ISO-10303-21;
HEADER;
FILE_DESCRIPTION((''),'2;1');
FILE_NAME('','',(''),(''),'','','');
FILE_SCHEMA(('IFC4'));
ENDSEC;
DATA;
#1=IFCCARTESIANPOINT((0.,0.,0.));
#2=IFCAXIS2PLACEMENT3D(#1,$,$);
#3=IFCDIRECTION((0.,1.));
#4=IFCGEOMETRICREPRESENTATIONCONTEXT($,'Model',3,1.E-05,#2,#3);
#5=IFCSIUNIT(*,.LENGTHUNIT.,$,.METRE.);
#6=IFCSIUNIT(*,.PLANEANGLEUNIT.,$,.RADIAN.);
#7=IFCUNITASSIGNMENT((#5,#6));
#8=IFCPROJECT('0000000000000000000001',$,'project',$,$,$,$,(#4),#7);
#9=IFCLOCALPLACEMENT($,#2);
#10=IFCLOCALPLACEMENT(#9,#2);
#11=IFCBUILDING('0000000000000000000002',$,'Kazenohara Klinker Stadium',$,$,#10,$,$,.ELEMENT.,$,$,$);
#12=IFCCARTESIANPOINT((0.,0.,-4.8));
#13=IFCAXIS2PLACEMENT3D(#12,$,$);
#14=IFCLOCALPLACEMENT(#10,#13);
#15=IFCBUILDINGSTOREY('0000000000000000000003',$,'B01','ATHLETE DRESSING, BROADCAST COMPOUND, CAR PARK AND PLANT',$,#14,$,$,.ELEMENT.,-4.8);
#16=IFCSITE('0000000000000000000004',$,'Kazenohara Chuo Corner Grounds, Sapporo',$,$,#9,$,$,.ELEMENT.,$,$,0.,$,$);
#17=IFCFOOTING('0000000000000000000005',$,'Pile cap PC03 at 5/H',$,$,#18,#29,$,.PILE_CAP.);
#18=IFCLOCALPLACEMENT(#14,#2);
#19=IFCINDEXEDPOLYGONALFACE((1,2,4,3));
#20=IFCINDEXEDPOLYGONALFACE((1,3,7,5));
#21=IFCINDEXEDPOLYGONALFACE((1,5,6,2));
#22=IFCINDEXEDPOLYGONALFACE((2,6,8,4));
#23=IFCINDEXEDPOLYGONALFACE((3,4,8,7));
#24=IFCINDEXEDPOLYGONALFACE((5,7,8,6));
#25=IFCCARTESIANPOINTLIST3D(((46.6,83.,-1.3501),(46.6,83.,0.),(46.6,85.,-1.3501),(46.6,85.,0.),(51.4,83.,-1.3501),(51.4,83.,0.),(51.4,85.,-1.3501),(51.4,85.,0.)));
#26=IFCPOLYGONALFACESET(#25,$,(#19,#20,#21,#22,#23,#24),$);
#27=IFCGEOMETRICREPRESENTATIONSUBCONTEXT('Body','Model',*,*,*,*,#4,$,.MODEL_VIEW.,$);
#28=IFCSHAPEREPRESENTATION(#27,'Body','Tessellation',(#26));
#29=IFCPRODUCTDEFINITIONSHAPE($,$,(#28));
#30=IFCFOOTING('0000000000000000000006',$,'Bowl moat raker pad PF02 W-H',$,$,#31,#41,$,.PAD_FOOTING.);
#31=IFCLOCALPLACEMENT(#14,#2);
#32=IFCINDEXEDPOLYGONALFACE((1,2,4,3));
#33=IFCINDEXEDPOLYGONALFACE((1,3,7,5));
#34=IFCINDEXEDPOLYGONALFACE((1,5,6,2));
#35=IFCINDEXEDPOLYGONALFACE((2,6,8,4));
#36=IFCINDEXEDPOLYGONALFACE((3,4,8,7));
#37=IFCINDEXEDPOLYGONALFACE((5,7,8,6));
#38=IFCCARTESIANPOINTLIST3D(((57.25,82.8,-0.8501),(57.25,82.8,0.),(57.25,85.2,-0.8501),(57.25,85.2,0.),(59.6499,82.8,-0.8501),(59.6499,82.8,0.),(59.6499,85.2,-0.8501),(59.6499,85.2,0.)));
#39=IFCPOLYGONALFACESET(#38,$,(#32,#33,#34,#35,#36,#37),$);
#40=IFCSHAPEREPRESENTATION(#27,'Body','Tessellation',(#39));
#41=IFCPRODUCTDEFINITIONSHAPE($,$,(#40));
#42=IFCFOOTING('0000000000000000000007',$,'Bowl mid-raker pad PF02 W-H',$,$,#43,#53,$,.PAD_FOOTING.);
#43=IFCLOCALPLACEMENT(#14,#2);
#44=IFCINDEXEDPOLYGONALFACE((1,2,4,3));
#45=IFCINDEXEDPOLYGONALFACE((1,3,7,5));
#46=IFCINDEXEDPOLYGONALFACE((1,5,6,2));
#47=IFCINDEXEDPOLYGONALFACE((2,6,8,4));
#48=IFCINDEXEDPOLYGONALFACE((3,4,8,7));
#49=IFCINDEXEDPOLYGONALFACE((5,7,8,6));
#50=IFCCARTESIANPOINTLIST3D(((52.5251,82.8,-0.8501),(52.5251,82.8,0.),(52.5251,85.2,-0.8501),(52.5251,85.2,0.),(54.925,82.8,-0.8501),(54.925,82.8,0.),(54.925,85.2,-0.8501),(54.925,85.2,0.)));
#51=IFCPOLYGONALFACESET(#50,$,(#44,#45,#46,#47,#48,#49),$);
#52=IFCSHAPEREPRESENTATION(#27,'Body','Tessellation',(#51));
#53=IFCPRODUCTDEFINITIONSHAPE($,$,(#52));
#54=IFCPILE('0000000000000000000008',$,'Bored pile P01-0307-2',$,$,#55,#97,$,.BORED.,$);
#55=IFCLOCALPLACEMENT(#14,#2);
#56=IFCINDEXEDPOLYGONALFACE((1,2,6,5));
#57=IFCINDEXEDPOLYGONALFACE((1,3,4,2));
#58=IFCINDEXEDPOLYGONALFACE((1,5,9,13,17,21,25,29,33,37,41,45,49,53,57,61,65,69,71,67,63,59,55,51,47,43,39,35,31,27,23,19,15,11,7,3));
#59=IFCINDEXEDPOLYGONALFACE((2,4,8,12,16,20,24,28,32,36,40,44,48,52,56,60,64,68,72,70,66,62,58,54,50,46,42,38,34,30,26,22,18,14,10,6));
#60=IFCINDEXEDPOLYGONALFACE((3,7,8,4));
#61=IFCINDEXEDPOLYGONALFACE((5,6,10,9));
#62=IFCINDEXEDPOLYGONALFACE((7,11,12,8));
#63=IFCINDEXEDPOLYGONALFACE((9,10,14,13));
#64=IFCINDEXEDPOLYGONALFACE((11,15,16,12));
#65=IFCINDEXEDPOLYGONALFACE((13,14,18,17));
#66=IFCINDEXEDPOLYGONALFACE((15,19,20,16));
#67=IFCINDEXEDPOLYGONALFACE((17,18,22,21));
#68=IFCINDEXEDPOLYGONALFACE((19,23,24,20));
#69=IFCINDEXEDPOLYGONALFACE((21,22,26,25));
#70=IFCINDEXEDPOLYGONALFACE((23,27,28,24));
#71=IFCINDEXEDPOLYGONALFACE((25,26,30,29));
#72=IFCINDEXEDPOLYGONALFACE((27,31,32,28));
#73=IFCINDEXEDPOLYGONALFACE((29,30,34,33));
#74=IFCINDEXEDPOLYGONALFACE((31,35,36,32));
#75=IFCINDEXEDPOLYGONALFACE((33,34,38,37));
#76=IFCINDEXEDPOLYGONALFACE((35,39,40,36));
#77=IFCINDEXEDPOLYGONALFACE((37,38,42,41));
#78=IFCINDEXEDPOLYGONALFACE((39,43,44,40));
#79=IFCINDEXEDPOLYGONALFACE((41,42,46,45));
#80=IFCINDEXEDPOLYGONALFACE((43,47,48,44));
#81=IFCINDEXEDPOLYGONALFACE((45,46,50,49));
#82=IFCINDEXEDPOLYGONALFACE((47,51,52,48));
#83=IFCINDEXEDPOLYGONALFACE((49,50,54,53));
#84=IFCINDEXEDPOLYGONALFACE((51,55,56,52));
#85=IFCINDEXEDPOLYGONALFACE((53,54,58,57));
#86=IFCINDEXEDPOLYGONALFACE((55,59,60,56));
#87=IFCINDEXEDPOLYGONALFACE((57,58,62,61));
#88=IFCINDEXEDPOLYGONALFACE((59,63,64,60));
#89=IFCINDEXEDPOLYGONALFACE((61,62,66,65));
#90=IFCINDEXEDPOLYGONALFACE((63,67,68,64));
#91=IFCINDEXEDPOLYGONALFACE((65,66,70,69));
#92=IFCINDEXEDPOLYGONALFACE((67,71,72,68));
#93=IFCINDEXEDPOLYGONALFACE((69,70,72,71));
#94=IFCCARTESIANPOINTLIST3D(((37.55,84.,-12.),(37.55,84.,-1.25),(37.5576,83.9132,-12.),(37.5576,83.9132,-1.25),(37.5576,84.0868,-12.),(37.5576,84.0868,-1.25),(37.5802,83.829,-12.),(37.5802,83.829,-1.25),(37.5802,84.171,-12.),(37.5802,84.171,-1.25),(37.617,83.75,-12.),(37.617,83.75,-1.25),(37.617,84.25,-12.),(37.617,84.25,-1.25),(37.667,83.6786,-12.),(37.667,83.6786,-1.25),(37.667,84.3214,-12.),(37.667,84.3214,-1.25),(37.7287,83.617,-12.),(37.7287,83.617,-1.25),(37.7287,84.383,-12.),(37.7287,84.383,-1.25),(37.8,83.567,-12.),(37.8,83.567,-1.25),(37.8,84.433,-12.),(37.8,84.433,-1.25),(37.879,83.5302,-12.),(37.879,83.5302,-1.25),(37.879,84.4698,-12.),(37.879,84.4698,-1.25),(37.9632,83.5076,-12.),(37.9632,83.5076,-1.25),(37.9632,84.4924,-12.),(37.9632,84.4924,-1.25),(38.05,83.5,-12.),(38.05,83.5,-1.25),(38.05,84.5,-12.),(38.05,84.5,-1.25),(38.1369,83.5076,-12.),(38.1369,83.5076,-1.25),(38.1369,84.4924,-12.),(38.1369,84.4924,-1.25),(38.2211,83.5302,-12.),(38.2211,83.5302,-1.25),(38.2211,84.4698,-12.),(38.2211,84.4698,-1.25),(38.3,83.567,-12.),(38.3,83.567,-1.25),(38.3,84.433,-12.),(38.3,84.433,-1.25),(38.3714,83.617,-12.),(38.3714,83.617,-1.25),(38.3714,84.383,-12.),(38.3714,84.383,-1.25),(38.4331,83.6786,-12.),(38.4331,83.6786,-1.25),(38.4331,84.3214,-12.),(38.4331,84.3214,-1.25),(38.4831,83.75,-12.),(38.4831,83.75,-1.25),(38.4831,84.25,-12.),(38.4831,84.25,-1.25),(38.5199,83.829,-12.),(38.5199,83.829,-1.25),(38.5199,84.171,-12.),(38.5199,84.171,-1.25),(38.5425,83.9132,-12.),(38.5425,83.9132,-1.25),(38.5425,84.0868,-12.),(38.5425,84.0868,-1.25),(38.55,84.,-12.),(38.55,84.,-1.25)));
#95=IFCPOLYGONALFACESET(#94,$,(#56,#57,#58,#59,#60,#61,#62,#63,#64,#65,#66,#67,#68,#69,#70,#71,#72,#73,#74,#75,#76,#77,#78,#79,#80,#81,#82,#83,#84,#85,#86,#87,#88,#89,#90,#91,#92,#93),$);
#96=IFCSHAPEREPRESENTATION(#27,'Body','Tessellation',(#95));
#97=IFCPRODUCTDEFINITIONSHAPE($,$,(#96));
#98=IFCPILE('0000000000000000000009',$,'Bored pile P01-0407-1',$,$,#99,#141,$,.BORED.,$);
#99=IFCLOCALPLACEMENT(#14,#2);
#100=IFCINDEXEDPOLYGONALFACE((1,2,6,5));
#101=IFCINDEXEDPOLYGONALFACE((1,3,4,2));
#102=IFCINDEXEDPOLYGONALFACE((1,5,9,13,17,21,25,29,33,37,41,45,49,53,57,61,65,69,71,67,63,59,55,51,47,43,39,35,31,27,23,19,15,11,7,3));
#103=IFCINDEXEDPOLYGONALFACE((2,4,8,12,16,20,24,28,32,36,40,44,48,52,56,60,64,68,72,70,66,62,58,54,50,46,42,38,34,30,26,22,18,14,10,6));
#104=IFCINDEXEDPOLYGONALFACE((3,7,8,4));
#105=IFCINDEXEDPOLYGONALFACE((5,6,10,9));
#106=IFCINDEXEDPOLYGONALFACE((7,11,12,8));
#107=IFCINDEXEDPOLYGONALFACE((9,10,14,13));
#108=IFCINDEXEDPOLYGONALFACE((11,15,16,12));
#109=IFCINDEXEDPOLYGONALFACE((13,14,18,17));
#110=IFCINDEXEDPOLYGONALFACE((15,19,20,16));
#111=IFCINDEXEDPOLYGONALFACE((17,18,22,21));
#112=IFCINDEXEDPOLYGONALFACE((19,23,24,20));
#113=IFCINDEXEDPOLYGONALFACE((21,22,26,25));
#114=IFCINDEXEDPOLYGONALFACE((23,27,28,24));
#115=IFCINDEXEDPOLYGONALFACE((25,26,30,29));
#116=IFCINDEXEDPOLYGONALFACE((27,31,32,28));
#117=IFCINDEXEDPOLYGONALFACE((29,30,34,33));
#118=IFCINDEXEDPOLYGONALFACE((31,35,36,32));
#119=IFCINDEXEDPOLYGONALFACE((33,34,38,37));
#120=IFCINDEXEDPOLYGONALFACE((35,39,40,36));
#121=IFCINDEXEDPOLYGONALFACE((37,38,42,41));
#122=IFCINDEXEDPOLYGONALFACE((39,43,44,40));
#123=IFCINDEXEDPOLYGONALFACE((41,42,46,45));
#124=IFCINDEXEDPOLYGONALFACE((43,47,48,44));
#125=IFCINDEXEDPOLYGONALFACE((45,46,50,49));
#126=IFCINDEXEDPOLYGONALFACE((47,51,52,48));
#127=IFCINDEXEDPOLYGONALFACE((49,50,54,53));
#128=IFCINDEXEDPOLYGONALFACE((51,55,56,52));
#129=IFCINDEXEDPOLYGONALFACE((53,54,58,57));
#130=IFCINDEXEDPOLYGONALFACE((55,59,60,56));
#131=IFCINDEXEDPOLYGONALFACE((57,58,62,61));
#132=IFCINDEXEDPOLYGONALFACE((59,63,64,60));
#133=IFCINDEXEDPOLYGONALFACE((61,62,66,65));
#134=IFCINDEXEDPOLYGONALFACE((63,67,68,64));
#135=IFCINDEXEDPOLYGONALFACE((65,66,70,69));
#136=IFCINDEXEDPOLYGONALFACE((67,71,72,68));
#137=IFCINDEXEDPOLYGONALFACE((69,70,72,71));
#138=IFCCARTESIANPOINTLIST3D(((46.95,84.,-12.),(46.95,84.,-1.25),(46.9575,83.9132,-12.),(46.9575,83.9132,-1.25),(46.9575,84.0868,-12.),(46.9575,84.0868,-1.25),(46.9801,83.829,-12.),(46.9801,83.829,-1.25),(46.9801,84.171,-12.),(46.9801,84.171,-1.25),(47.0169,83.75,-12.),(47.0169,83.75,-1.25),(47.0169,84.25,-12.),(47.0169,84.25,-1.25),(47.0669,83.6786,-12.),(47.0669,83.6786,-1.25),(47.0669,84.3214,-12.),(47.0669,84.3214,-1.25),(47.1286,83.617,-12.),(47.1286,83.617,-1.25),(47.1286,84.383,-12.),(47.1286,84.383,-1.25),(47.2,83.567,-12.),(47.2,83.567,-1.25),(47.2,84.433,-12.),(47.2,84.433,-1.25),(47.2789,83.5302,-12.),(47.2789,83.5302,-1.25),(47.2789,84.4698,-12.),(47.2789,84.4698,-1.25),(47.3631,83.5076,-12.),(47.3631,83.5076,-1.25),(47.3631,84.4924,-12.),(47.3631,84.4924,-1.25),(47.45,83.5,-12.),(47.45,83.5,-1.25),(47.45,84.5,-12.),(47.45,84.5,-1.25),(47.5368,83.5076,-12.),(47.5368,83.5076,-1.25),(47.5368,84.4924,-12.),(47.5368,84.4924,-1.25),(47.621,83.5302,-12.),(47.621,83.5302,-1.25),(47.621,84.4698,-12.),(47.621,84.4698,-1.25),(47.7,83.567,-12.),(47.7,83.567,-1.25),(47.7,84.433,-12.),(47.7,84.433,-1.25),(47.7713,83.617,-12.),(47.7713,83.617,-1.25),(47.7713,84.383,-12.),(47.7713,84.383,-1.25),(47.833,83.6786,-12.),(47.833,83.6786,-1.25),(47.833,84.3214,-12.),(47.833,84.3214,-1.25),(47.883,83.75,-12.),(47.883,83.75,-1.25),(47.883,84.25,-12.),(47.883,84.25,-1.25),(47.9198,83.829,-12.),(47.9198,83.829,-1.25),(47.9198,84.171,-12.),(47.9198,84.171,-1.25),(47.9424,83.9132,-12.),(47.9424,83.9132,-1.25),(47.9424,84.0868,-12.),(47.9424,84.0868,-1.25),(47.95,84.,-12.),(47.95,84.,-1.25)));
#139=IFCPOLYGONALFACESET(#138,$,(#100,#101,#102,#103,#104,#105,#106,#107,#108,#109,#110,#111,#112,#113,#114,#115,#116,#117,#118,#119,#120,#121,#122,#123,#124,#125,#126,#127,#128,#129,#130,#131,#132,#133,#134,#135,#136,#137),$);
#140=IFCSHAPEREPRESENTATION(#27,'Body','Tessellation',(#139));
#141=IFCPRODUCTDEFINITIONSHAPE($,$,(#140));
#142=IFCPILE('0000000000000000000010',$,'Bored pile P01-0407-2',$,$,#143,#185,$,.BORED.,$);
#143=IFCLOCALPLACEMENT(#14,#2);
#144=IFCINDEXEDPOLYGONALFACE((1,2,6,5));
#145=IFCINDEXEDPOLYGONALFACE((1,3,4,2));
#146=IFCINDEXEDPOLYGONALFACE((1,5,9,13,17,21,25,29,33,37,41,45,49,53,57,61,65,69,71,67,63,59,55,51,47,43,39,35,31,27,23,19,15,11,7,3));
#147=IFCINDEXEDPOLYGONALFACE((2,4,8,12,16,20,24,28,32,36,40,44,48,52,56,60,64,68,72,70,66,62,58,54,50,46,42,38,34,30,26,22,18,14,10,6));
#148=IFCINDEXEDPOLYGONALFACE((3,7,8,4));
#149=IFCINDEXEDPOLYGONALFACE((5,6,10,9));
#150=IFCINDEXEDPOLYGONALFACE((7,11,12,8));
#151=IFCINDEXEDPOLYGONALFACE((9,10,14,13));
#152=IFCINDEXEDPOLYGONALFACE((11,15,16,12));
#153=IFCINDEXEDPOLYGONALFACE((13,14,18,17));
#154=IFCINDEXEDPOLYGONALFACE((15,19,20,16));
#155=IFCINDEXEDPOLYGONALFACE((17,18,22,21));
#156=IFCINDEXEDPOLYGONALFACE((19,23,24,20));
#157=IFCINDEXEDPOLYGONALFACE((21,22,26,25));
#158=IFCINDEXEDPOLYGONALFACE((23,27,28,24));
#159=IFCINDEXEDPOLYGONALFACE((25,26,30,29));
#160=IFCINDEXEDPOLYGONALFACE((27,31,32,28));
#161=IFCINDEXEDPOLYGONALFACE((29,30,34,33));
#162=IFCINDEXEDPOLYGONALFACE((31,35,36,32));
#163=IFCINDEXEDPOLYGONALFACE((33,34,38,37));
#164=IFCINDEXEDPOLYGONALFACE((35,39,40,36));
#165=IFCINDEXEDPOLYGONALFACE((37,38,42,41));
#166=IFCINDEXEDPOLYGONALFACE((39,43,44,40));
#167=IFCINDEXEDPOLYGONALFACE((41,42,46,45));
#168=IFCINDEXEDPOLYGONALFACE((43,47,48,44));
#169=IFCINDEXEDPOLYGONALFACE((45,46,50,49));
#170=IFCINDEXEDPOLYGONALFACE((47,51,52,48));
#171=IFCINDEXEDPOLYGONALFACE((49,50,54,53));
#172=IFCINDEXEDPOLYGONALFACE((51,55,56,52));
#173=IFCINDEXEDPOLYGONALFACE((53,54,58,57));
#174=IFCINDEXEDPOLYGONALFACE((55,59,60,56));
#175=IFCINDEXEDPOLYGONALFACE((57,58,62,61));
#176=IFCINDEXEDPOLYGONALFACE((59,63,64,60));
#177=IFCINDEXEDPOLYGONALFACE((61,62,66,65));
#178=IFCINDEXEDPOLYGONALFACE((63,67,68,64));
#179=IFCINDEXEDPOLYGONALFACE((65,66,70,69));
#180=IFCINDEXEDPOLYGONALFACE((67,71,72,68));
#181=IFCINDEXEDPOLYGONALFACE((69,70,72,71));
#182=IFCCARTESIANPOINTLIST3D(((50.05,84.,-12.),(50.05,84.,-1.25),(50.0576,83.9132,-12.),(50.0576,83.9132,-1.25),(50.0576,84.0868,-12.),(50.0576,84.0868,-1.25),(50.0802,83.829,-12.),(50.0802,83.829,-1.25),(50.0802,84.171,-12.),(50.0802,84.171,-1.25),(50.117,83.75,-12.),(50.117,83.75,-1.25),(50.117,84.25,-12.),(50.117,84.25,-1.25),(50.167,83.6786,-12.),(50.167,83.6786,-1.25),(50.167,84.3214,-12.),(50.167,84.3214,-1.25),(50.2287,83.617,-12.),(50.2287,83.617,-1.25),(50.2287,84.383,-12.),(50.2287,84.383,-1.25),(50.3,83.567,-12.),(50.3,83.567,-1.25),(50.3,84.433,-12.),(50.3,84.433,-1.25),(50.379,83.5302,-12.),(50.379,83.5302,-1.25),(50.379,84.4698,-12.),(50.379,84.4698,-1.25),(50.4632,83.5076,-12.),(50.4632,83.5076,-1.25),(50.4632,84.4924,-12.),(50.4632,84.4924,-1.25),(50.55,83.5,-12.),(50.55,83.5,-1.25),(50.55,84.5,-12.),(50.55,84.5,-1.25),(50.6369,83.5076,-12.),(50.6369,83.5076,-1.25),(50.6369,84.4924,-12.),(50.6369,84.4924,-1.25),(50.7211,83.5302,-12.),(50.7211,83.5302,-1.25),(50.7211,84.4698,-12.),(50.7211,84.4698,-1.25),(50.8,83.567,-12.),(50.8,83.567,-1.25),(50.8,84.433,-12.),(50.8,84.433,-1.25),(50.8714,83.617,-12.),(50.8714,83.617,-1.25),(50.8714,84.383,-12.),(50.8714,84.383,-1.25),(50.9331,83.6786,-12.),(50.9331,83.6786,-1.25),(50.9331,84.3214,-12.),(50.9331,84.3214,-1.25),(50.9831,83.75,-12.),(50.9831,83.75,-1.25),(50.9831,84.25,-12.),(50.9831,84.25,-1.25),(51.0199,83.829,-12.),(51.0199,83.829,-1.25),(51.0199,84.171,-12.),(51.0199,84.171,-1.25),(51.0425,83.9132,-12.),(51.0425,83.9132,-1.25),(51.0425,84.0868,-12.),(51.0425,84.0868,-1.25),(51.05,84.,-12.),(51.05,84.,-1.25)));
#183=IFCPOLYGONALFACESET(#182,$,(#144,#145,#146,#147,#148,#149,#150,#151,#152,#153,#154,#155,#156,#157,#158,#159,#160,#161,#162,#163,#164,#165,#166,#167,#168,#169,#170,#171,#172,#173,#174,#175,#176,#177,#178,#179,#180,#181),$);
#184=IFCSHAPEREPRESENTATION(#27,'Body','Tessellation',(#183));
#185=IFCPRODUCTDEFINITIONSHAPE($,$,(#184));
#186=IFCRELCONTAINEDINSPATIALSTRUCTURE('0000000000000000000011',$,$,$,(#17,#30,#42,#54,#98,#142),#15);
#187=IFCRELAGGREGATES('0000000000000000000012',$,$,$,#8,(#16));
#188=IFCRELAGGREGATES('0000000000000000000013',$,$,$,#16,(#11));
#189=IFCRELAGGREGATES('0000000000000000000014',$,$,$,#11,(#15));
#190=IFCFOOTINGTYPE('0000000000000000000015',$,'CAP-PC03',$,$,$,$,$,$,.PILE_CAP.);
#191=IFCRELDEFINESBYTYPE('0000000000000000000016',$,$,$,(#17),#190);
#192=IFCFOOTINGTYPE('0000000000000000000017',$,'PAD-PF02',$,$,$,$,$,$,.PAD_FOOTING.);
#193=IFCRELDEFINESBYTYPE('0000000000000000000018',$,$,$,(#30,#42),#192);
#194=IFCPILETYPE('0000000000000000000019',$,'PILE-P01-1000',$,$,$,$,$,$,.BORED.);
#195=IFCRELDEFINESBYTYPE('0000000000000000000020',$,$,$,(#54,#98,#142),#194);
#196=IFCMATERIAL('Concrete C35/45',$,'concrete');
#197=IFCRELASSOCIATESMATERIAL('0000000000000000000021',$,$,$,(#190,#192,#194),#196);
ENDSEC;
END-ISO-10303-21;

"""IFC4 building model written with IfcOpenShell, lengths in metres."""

from ifc_helpers import new_model, si_unit, direction, frame, origin, origin_2d, place, context, subcontext, project, spatial, rectangle, circle, extrude, material, material_profile, profile_set, type_object, element, save


model = new_model("IFC4")

# Units and contexts
model_context = context("Model", 3, precision=1e-05, world=origin(), true_north=direction((0.0, 1.0)))
body_context = subcontext(model_context, "Body", "Model", "MODEL_VIEW")
ifc_project = project(units=[si_unit("LENGTHUNIT", "METRE"), si_unit("PLANEANGLEUNIT", "RADIAN")], contexts=[model_context])

# Site, building, storey
site_placement = place(None, origin())
site = spatial("IfcSite", under=ifc_project, at=site_placement, Name="Kazenohara Chuo Corner Grounds, Sapporo", CompositionType="ELEMENT", RefElevation=0.0)
building_placement = place(site_placement, origin())
building = spatial("IfcBuilding", under=site, at=building_placement, Name="Kazenohara Klinker Stadium", CompositionType="ELEMENT")
storey_placement = place(building_placement, frame((0.0, 0.0, -4.8)))
storey = spatial("IfcBuildingStorey", under=building, at=storey_placement, Name="B01", Description="ATHLETE DRESSING, BROADCAST COMPOUND, CAR PARK AND PLANT", CompositionType="ELEMENT", Elevation=-4.8)

# Footings
ifc_material_1 = material(Name="Concrete C35/45", Category="concrete")
footing_type_1 = type_object("IfcFootingType", Name="CAP-PC03", PredefinedType="PILE_CAP", material=ifc_material_1)
footing_placement = place(storey_placement, frame((49.0, 84.0, -1.3501), z_axis=(0.0, 0.0, 1.0), x_axis=(1.0, 0.0, 0.0)))
element("IfcFooting", 1, at=footing_placement, inside=storey, type_object=footing_type_1, Name="Pile cap PC03 at 5/H", PredefinedType="PILE_CAP", context=body_context, shape_type="SweptSolid", body=[
    extrude(rectangle(XDim=4.8, YDim=2.0, at=origin_2d()), origin(), (0.0, 0.0, 1.0), 1.3501),
])
footing_type_2 = type_object("IfcFootingType", Name="PAD-PF02", PredefinedType="PAD_FOOTING", material=ifc_material_1)
for number, where, z_axis, x_axis, name in (
    (2, (58.45, 84.0, -0.8501), (0.0, 0.0, 1.0), (1.0, 0.0, 0.0), "Bowl moat raker pad PF02 W-H"),
    (3, (53.7251, 84.0, -0.8501), (0.0, 0.0, 1.0), (1.0, 0.0, 0.0), "Bowl mid-raker pad PF02 W-H"),
):
    element("IfcFooting", number, at=place(storey_placement, frame(where, z_axis=z_axis, x_axis=x_axis)), inside=storey, type_object=footing_type_2, Name=name, PredefinedType="PAD_FOOTING", context=body_context, shape_type="SweptSolid", body=[
        extrude(rectangle(XDim=2.3999, YDim=2.3999, at=origin_2d()), origin(), (0.0, 0.0, 1.0), 0.8501),
    ])

# Piles
ifc_material_profile_1 = material_profile(ifc_material_1, circle(Radius=0.5, at=origin_2d()), Name="BORED-PILE-1000")
ifc_profile_set_1 = profile_set([ifc_material_profile_1], Name="Concrete C35/45")
pile_type_1 = type_object("IfcPileType", Name="PILE-P01-1000", PredefinedType="BORED", material=ifc_profile_set_1)
for number, where, z_axis, x_axis, name in (
    (4, (38.05, 84.0, -1.25), (0.0, 0.0, -1.0), (1.0, 0.0, 0.0), "Bored pile P01-0307-2"),
    (5, (47.45, 84.0, -1.25), (0.0, 0.0, -1.0), (1.0, 0.0, 0.0), "Bored pile P01-0407-1"),
    (6, (50.55, 84.0, -1.25), (0.0, 0.0, -1.0), (1.0, 0.0, 0.0), "Bored pile P01-0407-2"),
):
    element("IfcPile", number, at=place(storey_placement, frame(where, z_axis=z_axis, x_axis=x_axis)), inside=storey, type_object=pile_type_1, Name=name, PredefinedType="BORED", context=body_context, shape_type="SweptSolid", body=[
        extrude(circle(Radius=0.5, at=origin_2d()), origin(), (0.0, 0.0, 1.0), 10.75),
    ])

save(model, "model.ifc")
